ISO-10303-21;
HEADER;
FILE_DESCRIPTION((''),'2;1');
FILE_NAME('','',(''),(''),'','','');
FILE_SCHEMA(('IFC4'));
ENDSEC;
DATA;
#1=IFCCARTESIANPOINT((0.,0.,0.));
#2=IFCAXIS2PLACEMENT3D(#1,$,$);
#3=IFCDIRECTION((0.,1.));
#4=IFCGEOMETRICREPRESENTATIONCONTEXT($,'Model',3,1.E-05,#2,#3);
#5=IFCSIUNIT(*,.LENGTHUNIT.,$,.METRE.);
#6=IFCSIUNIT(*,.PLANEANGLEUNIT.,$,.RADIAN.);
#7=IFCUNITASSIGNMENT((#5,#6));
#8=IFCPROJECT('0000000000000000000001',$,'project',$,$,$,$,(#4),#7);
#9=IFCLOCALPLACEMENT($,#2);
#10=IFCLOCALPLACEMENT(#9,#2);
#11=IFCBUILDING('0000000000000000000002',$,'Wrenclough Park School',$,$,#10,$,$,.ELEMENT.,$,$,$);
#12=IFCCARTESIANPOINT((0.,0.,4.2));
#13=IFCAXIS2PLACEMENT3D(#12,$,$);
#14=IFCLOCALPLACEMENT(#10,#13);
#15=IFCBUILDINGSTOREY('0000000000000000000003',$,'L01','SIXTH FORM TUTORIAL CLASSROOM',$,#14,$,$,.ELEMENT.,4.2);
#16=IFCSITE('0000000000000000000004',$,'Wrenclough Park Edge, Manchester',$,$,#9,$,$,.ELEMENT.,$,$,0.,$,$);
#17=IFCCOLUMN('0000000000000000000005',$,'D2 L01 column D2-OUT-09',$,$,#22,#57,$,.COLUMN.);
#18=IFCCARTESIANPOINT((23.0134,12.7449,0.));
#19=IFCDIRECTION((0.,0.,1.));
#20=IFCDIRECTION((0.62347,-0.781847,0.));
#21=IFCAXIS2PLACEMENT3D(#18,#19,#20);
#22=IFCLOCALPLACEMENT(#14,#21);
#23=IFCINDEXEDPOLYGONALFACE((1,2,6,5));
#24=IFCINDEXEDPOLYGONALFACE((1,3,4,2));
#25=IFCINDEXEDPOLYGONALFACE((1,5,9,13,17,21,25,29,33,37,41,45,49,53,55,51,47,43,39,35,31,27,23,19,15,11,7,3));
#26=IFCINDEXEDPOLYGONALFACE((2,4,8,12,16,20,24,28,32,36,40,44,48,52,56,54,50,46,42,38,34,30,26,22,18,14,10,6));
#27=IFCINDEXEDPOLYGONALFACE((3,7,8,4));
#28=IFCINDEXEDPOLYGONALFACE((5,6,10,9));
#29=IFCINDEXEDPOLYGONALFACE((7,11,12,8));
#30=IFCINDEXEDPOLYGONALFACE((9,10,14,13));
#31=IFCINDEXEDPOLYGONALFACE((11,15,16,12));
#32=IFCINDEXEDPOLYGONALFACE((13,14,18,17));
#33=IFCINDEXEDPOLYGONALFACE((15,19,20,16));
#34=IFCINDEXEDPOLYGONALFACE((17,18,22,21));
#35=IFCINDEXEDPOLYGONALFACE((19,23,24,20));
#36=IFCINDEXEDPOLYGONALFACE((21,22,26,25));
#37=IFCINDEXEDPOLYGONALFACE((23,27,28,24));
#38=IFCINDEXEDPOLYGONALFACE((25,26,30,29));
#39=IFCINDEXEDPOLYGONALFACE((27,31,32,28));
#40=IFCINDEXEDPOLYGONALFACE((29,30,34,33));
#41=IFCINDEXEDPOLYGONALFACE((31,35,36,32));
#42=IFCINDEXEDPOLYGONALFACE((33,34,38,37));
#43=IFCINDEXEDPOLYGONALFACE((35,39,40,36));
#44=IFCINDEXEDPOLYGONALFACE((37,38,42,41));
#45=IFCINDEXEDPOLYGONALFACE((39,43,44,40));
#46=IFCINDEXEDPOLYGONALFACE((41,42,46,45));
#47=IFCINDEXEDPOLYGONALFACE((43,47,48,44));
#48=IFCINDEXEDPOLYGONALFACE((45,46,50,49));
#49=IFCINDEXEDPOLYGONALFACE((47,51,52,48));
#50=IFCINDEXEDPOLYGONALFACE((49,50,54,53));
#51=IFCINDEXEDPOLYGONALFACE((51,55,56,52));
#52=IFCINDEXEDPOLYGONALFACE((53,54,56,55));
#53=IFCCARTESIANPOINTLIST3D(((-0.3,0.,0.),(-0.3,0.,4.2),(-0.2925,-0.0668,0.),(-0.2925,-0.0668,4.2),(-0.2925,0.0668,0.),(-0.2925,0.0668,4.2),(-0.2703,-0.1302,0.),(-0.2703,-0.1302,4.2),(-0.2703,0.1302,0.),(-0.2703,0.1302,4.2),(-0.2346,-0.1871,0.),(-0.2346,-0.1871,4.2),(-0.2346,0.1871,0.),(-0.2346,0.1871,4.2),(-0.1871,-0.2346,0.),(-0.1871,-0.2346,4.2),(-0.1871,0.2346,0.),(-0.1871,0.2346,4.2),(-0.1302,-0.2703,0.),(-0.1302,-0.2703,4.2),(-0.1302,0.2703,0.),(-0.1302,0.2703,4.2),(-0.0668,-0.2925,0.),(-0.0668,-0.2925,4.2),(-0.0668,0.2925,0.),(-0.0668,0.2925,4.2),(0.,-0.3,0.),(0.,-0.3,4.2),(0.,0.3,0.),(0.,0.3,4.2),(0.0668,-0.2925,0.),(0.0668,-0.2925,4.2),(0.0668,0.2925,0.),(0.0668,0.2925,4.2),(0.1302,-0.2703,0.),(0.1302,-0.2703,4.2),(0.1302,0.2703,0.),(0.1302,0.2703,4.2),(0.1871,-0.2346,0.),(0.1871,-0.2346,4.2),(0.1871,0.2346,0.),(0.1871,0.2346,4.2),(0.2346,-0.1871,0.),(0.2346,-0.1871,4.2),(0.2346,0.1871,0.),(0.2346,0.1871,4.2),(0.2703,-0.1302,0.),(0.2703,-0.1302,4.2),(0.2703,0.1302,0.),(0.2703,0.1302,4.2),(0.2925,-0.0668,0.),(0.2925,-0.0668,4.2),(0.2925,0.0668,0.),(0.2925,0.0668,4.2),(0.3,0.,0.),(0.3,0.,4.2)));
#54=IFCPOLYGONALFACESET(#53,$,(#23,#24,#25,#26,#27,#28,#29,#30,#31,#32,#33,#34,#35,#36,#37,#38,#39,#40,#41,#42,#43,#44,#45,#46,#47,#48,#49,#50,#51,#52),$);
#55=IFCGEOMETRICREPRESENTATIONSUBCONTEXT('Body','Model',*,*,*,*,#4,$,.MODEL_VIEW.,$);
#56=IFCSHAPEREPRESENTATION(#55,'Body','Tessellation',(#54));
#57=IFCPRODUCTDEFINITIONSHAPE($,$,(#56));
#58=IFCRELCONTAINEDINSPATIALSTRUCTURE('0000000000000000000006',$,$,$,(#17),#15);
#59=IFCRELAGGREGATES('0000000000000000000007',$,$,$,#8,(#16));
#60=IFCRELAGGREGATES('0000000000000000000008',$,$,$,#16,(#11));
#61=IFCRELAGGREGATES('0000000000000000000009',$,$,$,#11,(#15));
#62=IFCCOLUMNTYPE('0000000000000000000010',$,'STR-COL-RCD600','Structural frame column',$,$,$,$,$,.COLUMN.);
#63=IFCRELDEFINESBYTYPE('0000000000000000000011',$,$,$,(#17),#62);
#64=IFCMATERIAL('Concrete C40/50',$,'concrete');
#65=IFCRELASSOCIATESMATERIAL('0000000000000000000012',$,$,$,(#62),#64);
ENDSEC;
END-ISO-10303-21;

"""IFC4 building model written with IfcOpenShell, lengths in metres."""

from ifc_helpers import new_model, si_unit, direction, frame, origin, origin_2d, place, context, subcontext, project, spatial, circle, extrude, material, material_profile, profile_set, type_object, element, save


model = new_model("IFC4")

# Units and contexts
model_context = context("Model", 3, precision=1e-05, world=origin(), true_north=direction((0.0, 1.0)))
body_context = subcontext(model_context, "Body", "Model", "MODEL_VIEW")
ifc_project = project(units=[si_unit("LENGTHUNIT", "METRE"), si_unit("PLANEANGLEUNIT", "RADIAN")], contexts=[model_context])

# Site, building, storey
site_placement = place(None, origin())
site = spatial("IfcSite", under=ifc_project, at=site_placement, Name="Wrenclough Park Edge, Manchester", CompositionType="ELEMENT", RefElevation=0.0)
building_placement = place(site_placement, origin())
building = spatial("IfcBuilding", under=site, at=building_placement, Name="Wrenclough Park School", CompositionType="ELEMENT")
storey_placement = place(building_placement, frame((0.0, 0.0, 4.2)))
storey = spatial("IfcBuildingStorey", under=building, at=storey_placement, Name="L01", Description="SIXTH FORM TUTORIAL CLASSROOM", CompositionType="ELEMENT", Elevation=4.2)

# Column
ifc_material_1 = material(Name="Concrete C40/50", Category="concrete")
ifc_material_profile_1 = material_profile(ifc_material_1, circle(Radius=0.3, at=origin_2d()), Name="RC COL D600")
ifc_profile_set_1 = profile_set([ifc_material_profile_1], Name="Concrete C40/50")
column_type = type_object("IfcColumnType", Name="STR-COL-RCD600", Description="Structural frame column", PredefinedType="COLUMN", material=ifc_profile_set_1)
column_placement = place(storey_placement, frame((23.0134, 12.7449, 0.0), z_axis=(0.0, 0.0, 1.0), x_axis=(0.62347, -0.781847, 0.0)))
element("IfcColumn", 1, at=column_placement, inside=storey, type_object=column_type, Name="D2 L01 column D2-OUT-09", PredefinedType="COLUMN", context=body_context, shape_type="SweptSolid", body=[
    extrude(circle(Radius=0.3, at=origin_2d()), origin(), (0.0, 0.0, 1.0), 4.2),
])

save(model, "model.ifc")
